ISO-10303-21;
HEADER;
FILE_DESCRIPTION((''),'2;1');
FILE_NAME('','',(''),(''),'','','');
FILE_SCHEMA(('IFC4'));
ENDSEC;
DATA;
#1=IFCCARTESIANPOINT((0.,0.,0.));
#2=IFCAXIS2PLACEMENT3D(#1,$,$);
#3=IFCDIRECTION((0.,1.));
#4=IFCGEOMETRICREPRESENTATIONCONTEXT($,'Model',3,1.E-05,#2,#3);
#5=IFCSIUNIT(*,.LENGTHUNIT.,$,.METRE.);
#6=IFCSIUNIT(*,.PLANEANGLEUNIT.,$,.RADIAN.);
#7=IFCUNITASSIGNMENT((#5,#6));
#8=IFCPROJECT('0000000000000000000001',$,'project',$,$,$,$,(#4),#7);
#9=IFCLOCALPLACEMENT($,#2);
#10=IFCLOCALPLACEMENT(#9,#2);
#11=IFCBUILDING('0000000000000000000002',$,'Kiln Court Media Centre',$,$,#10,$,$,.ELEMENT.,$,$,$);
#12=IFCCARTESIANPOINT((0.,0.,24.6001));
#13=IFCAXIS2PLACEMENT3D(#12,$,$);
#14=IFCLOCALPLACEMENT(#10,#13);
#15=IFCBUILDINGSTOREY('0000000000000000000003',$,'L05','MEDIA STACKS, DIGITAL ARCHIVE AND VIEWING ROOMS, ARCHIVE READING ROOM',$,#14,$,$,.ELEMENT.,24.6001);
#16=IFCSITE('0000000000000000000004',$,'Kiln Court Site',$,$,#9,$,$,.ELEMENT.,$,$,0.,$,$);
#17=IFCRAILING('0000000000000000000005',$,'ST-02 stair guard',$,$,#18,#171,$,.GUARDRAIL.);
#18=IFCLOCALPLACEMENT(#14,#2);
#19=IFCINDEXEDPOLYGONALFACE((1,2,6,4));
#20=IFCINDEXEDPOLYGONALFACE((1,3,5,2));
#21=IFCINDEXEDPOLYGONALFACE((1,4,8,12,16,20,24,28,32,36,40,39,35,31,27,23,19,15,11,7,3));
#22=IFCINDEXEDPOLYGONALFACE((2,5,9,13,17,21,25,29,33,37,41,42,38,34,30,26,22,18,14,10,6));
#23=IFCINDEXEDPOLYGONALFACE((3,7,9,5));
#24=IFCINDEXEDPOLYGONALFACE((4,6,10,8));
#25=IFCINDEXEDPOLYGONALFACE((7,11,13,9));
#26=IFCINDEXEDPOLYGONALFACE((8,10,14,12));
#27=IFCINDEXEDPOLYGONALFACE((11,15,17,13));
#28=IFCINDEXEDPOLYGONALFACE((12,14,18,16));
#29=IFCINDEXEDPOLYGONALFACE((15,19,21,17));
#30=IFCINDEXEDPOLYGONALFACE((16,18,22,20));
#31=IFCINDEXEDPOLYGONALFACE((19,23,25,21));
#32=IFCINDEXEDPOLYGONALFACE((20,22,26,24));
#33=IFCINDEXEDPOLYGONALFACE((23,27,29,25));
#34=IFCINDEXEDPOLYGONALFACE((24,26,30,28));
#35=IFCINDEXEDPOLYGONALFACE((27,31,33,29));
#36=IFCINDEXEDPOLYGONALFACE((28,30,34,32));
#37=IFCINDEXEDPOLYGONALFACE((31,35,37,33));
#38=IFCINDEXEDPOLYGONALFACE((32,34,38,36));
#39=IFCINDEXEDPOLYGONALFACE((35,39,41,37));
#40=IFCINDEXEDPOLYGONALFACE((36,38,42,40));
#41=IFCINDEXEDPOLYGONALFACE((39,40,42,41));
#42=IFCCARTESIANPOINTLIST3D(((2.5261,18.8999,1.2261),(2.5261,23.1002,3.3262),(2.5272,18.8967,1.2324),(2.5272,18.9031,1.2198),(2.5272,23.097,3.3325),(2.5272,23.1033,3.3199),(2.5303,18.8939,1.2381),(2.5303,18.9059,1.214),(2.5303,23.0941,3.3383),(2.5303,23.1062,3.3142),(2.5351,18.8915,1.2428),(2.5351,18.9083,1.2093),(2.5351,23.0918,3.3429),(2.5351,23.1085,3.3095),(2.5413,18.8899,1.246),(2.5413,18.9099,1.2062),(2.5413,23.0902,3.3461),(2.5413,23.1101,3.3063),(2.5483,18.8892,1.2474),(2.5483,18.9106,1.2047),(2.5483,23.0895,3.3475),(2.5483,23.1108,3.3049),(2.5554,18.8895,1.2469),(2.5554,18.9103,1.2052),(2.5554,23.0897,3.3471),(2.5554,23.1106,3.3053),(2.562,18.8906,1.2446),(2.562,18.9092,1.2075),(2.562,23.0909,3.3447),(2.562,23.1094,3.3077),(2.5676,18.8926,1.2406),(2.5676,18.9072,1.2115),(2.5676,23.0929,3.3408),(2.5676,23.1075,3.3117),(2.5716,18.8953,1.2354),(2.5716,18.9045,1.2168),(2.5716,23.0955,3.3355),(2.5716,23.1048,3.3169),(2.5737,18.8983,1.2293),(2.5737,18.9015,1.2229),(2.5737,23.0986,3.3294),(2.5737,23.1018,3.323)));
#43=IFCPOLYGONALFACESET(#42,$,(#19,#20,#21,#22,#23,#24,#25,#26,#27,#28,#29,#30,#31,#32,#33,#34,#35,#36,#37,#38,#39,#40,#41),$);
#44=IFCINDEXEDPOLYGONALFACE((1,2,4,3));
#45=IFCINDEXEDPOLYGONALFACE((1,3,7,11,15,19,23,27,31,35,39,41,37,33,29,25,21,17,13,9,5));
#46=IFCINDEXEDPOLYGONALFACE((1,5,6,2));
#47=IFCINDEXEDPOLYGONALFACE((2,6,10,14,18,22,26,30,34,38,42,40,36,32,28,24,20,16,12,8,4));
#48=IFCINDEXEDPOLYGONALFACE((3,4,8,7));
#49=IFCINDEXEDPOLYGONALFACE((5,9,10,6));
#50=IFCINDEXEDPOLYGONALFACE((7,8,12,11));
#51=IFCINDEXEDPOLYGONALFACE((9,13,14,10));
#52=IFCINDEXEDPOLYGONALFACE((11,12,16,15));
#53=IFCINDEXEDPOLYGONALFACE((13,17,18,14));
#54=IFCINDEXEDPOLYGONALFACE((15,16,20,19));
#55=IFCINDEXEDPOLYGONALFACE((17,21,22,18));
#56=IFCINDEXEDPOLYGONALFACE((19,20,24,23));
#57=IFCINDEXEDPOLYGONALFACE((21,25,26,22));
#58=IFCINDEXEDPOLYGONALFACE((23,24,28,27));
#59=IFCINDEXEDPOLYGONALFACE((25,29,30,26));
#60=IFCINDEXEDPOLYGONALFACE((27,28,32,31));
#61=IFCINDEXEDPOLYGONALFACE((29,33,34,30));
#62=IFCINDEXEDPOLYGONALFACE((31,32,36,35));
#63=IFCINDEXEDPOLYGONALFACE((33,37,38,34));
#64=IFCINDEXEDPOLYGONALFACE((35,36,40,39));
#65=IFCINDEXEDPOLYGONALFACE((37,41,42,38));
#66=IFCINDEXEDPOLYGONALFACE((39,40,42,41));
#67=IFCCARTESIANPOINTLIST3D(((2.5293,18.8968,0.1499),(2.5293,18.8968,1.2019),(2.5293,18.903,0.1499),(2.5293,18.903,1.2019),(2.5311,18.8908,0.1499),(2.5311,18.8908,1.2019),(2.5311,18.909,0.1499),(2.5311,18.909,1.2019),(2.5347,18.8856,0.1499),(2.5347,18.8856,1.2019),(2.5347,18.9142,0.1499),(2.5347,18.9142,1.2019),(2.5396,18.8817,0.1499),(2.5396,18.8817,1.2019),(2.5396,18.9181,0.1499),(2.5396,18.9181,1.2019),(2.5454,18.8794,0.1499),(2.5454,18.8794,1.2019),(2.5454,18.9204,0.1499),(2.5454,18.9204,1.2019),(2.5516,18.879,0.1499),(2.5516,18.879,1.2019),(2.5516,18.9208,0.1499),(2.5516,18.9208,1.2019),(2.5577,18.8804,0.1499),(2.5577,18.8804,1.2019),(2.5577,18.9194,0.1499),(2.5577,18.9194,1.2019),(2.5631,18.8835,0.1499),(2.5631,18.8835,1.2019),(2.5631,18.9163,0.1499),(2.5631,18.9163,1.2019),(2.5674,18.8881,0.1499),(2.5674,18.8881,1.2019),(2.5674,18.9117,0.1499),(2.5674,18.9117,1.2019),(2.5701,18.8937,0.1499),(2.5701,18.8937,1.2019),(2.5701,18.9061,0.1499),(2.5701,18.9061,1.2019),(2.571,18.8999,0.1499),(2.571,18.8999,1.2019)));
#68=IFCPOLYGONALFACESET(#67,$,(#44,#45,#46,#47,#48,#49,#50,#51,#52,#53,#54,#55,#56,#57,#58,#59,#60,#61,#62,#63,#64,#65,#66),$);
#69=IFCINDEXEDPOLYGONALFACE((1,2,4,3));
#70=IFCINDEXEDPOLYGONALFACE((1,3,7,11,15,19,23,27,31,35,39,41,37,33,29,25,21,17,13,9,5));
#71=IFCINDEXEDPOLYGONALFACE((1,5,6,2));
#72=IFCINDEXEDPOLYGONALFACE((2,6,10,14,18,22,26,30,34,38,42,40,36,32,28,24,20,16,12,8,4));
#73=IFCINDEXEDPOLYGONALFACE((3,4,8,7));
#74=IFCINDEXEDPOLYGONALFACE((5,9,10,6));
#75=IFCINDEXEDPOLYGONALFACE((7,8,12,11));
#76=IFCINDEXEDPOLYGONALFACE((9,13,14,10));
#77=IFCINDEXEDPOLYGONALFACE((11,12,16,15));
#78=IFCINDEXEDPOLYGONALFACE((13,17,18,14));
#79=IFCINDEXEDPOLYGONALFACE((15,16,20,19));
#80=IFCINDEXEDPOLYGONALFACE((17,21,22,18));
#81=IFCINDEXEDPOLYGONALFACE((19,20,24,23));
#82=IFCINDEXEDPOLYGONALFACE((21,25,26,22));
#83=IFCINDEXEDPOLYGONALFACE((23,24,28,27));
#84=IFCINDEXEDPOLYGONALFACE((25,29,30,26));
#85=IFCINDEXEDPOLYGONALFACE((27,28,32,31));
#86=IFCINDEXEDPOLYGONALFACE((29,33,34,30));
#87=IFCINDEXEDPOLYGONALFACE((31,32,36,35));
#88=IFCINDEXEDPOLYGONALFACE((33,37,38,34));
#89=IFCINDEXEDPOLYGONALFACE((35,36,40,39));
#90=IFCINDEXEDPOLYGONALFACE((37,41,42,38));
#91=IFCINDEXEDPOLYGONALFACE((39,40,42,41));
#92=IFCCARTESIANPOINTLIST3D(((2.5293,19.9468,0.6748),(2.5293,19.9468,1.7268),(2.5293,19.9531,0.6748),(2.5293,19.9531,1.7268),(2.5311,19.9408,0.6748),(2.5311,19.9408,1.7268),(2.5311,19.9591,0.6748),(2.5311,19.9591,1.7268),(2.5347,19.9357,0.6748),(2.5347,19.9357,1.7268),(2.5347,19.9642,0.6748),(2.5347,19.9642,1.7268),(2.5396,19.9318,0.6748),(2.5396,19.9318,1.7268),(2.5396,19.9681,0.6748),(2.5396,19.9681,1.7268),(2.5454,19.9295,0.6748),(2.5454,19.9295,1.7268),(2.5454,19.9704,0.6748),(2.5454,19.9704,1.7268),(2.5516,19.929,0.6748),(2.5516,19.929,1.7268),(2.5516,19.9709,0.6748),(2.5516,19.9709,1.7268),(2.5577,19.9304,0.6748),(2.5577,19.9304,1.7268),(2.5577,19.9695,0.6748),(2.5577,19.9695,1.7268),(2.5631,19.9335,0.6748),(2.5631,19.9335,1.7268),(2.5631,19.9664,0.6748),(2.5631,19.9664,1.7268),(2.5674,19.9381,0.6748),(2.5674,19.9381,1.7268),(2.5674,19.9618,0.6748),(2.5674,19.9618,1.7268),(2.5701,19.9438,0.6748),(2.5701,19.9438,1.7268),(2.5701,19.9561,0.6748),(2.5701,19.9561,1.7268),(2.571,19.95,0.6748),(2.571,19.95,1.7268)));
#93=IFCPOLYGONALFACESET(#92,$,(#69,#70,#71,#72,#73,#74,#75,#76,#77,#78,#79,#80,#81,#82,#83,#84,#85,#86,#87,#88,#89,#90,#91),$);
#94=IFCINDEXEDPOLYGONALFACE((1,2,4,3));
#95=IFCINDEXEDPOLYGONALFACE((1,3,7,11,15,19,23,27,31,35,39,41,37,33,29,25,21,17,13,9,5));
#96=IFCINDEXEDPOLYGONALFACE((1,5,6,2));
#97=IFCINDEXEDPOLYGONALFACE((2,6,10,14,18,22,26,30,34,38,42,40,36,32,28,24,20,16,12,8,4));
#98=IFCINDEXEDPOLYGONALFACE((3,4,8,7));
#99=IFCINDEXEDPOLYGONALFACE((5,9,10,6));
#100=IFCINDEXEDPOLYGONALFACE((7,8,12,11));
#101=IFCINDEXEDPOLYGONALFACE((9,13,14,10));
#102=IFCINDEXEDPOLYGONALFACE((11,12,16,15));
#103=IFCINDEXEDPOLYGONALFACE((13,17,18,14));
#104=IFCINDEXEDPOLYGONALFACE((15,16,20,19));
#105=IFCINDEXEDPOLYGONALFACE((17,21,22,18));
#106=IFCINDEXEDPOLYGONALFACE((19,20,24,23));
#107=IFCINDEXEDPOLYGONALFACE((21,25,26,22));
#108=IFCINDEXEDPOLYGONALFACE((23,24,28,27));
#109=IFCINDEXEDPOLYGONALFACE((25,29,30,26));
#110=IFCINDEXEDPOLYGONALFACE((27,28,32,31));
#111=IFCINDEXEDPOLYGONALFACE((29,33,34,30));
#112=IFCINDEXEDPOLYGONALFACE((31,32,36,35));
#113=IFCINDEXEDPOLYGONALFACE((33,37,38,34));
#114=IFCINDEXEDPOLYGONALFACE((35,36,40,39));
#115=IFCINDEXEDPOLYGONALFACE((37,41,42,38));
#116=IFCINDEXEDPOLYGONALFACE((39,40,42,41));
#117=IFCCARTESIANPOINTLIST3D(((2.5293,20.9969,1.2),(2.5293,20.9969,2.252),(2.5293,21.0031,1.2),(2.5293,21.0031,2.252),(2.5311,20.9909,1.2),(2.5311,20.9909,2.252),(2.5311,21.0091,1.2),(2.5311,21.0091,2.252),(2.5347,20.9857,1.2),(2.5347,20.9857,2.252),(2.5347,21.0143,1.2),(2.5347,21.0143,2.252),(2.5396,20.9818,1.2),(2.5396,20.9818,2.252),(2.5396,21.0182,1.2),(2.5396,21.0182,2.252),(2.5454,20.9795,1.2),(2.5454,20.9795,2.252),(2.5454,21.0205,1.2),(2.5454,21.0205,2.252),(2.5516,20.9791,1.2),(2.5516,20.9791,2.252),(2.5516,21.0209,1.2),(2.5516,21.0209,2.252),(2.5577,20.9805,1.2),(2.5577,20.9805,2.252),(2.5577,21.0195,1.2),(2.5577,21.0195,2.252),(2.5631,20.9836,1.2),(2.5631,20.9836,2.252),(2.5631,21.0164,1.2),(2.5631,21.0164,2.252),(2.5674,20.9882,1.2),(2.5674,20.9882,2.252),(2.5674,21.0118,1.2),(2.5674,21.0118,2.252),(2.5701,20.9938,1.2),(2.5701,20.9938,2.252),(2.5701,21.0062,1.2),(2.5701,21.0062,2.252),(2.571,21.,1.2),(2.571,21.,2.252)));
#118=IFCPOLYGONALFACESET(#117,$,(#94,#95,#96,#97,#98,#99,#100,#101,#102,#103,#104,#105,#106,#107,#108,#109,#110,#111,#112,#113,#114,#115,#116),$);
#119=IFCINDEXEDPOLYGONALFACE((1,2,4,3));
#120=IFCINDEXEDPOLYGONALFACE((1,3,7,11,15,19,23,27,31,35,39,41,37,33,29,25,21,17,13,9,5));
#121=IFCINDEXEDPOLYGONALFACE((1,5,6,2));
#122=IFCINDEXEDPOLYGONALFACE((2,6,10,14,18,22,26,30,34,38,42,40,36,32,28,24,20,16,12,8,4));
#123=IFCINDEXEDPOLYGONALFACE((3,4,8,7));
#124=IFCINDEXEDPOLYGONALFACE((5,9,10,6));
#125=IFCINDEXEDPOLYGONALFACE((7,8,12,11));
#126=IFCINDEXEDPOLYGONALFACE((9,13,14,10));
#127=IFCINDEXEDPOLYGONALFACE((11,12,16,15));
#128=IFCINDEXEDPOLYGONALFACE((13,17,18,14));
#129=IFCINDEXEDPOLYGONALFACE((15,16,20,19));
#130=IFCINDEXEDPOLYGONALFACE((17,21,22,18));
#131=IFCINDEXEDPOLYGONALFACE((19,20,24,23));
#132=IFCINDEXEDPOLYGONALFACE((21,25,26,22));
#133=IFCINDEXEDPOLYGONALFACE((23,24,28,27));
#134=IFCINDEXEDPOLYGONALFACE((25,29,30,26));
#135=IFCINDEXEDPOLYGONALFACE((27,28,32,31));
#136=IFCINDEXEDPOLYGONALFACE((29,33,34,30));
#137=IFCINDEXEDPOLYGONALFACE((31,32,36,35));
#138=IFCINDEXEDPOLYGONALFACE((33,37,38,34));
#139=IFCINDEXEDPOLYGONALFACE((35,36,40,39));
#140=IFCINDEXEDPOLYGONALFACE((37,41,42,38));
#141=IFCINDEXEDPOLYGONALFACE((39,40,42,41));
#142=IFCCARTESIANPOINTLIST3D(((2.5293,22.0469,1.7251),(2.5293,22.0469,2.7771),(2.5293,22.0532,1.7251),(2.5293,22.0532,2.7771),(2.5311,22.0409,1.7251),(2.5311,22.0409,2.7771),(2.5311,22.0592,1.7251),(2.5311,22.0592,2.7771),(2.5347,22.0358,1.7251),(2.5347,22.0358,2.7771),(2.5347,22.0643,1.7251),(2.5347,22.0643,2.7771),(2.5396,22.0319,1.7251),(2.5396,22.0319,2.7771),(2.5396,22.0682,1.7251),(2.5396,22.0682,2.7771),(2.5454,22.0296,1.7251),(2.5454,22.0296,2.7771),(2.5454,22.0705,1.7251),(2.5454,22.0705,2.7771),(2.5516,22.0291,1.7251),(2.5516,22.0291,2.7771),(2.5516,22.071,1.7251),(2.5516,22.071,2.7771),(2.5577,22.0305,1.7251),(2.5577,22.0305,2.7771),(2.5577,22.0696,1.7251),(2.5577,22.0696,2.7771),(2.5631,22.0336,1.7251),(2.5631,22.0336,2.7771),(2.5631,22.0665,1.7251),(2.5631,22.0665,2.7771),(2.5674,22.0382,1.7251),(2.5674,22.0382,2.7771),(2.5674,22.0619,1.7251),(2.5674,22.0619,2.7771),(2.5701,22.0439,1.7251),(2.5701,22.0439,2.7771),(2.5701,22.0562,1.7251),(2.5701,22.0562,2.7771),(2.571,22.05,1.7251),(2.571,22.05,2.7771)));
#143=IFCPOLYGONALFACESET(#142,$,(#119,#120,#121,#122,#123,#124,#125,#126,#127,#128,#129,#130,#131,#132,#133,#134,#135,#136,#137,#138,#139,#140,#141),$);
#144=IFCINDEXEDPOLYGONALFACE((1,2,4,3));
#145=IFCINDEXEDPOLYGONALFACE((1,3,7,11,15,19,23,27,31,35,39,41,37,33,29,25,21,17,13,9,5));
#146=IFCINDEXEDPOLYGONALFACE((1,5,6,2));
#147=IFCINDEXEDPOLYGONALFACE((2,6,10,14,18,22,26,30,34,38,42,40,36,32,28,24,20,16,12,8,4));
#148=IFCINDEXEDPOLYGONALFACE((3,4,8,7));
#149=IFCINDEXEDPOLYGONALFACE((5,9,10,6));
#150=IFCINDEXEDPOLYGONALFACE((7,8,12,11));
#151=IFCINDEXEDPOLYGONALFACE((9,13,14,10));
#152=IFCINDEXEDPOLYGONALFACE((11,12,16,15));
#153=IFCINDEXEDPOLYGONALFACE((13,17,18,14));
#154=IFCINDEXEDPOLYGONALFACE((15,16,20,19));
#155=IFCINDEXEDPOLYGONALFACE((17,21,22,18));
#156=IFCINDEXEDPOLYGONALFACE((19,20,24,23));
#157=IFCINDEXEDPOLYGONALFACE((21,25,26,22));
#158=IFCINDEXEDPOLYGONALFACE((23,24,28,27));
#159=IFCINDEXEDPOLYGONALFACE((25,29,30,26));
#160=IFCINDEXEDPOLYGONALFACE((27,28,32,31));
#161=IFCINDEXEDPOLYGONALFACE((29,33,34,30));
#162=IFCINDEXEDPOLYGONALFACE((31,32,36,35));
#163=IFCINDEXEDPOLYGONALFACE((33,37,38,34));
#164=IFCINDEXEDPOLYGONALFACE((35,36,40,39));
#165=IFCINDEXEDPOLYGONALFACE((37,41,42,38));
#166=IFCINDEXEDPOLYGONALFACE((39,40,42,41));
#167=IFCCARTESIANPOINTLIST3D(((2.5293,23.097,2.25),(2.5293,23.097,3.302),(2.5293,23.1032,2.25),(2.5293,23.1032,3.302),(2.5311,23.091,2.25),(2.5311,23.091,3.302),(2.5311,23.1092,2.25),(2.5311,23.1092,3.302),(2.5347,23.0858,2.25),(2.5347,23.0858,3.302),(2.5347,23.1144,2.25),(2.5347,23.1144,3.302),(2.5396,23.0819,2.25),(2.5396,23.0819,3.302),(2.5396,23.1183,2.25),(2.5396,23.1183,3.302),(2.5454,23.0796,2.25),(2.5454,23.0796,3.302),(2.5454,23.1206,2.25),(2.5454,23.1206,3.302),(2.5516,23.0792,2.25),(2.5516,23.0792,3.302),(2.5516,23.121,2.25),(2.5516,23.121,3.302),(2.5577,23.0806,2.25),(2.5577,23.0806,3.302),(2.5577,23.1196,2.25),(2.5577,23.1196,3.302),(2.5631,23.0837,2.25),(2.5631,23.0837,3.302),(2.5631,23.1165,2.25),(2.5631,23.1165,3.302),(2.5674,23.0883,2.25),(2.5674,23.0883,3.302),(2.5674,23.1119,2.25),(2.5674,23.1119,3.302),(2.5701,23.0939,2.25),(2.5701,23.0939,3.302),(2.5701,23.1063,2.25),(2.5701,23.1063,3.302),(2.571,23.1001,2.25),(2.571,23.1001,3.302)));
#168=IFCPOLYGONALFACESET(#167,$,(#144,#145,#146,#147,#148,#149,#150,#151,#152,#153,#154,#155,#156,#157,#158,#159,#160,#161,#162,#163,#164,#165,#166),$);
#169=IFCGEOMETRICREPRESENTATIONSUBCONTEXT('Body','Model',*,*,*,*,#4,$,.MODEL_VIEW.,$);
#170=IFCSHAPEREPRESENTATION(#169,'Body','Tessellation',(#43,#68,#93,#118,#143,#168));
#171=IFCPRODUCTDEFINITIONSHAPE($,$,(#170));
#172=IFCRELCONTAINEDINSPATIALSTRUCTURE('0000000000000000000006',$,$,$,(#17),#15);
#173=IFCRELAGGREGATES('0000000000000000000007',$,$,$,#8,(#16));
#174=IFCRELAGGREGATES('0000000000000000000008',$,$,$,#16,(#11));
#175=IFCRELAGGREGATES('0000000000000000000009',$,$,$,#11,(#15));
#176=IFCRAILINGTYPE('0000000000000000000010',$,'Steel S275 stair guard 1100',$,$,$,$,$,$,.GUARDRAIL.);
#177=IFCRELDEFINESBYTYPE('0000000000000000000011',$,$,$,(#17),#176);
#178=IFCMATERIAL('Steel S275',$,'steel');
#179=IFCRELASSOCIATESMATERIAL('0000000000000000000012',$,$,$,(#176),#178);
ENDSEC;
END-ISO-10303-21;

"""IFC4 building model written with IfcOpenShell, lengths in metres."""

from ifc_helpers import new_model, si_unit, direction, frame, origin, origin_2d, place, context, subcontext, project, spatial, circle, extrude, material, type_object, element, save


model = new_model("IFC4")

# Units and contexts
model_context = context("Model", 3, precision=1e-05, world=origin(), true_north=direction((0.0, 1.0)))
body_context = subcontext(model_context, "Body", "Model", "MODEL_VIEW")
ifc_project = project(units=[si_unit("LENGTHUNIT", "METRE"), si_unit("PLANEANGLEUNIT", "RADIAN")], contexts=[model_context])

# Site, building, storey
site_placement = place(None, origin())
site = spatial("IfcSite", under=ifc_project, at=site_placement, Name="Kiln Court Site", CompositionType="ELEMENT", RefElevation=0.0)
building_placement = place(site_placement, origin())
building = spatial("IfcBuilding", under=site, at=building_placement, Name="Kiln Court Media Centre", CompositionType="ELEMENT")
storey_placement = place(building_placement, frame((0.0, 0.0, 24.6001)))
storey = spatial("IfcBuildingStorey", under=building, at=storey_placement, Name="L05", Description="MEDIA STACKS, DIGITAL ARCHIVE AND VIEWING ROOMS, ARCHIVE READING ROOM", CompositionType="ELEMENT", Elevation=24.6001)

# Railing
ifc_material_1 = material(Name="Steel S275", Category="steel")
railing_type_1 = type_object("IfcRailingType", Name="Steel S275 stair guard 1100", PredefinedType="GUARDRAIL", material=ifc_material_1)
railing_1_placement = place(storey_placement, frame((2.55, 18.8999, 0.1499)))
element("IfcRailing", 1, at=railing_1_placement, inside=storey, type_object=railing_type_1, Name="ST-02 stair guard", PredefinedType="GUARDRAIL", context=body_context, shape_type="SweptSolid", body=[
    extrude(circle(Radius=0.0239, at=origin_2d()), frame((0.0, 0.0, 1.0762), z_axis=(0.0, 0.894427, 0.447214), x_axis=(-1.0, 0.0, 0.0)), (0.0, 0.0, 1.0), 4.696),
    extrude(circle(Radius=0.021, at=origin_2d()), origin(), (0.0, 0.0, 1.0), 1.052),
    extrude(circle(Radius=0.021, at=origin_2d()), frame((0.0, 1.05, 0.5249)), (0.0, 0.0, 1.0), 1.052),
    extrude(circle(Radius=0.021, at=origin_2d()), frame((0.0, 2.1001, 1.05)), (0.0, 0.0, 1.0), 1.052),
    extrude(circle(Radius=0.021, at=origin_2d()), frame((0.0, 3.1501, 1.5752)), (0.0, 0.0, 1.0), 1.052),
    extrude(circle(Radius=0.021, at=origin_2d()), frame((0.0, 4.2002, 2.1001)), (0.0, 0.0, 1.0), 1.052),
])

save(model, "model.ifc")
